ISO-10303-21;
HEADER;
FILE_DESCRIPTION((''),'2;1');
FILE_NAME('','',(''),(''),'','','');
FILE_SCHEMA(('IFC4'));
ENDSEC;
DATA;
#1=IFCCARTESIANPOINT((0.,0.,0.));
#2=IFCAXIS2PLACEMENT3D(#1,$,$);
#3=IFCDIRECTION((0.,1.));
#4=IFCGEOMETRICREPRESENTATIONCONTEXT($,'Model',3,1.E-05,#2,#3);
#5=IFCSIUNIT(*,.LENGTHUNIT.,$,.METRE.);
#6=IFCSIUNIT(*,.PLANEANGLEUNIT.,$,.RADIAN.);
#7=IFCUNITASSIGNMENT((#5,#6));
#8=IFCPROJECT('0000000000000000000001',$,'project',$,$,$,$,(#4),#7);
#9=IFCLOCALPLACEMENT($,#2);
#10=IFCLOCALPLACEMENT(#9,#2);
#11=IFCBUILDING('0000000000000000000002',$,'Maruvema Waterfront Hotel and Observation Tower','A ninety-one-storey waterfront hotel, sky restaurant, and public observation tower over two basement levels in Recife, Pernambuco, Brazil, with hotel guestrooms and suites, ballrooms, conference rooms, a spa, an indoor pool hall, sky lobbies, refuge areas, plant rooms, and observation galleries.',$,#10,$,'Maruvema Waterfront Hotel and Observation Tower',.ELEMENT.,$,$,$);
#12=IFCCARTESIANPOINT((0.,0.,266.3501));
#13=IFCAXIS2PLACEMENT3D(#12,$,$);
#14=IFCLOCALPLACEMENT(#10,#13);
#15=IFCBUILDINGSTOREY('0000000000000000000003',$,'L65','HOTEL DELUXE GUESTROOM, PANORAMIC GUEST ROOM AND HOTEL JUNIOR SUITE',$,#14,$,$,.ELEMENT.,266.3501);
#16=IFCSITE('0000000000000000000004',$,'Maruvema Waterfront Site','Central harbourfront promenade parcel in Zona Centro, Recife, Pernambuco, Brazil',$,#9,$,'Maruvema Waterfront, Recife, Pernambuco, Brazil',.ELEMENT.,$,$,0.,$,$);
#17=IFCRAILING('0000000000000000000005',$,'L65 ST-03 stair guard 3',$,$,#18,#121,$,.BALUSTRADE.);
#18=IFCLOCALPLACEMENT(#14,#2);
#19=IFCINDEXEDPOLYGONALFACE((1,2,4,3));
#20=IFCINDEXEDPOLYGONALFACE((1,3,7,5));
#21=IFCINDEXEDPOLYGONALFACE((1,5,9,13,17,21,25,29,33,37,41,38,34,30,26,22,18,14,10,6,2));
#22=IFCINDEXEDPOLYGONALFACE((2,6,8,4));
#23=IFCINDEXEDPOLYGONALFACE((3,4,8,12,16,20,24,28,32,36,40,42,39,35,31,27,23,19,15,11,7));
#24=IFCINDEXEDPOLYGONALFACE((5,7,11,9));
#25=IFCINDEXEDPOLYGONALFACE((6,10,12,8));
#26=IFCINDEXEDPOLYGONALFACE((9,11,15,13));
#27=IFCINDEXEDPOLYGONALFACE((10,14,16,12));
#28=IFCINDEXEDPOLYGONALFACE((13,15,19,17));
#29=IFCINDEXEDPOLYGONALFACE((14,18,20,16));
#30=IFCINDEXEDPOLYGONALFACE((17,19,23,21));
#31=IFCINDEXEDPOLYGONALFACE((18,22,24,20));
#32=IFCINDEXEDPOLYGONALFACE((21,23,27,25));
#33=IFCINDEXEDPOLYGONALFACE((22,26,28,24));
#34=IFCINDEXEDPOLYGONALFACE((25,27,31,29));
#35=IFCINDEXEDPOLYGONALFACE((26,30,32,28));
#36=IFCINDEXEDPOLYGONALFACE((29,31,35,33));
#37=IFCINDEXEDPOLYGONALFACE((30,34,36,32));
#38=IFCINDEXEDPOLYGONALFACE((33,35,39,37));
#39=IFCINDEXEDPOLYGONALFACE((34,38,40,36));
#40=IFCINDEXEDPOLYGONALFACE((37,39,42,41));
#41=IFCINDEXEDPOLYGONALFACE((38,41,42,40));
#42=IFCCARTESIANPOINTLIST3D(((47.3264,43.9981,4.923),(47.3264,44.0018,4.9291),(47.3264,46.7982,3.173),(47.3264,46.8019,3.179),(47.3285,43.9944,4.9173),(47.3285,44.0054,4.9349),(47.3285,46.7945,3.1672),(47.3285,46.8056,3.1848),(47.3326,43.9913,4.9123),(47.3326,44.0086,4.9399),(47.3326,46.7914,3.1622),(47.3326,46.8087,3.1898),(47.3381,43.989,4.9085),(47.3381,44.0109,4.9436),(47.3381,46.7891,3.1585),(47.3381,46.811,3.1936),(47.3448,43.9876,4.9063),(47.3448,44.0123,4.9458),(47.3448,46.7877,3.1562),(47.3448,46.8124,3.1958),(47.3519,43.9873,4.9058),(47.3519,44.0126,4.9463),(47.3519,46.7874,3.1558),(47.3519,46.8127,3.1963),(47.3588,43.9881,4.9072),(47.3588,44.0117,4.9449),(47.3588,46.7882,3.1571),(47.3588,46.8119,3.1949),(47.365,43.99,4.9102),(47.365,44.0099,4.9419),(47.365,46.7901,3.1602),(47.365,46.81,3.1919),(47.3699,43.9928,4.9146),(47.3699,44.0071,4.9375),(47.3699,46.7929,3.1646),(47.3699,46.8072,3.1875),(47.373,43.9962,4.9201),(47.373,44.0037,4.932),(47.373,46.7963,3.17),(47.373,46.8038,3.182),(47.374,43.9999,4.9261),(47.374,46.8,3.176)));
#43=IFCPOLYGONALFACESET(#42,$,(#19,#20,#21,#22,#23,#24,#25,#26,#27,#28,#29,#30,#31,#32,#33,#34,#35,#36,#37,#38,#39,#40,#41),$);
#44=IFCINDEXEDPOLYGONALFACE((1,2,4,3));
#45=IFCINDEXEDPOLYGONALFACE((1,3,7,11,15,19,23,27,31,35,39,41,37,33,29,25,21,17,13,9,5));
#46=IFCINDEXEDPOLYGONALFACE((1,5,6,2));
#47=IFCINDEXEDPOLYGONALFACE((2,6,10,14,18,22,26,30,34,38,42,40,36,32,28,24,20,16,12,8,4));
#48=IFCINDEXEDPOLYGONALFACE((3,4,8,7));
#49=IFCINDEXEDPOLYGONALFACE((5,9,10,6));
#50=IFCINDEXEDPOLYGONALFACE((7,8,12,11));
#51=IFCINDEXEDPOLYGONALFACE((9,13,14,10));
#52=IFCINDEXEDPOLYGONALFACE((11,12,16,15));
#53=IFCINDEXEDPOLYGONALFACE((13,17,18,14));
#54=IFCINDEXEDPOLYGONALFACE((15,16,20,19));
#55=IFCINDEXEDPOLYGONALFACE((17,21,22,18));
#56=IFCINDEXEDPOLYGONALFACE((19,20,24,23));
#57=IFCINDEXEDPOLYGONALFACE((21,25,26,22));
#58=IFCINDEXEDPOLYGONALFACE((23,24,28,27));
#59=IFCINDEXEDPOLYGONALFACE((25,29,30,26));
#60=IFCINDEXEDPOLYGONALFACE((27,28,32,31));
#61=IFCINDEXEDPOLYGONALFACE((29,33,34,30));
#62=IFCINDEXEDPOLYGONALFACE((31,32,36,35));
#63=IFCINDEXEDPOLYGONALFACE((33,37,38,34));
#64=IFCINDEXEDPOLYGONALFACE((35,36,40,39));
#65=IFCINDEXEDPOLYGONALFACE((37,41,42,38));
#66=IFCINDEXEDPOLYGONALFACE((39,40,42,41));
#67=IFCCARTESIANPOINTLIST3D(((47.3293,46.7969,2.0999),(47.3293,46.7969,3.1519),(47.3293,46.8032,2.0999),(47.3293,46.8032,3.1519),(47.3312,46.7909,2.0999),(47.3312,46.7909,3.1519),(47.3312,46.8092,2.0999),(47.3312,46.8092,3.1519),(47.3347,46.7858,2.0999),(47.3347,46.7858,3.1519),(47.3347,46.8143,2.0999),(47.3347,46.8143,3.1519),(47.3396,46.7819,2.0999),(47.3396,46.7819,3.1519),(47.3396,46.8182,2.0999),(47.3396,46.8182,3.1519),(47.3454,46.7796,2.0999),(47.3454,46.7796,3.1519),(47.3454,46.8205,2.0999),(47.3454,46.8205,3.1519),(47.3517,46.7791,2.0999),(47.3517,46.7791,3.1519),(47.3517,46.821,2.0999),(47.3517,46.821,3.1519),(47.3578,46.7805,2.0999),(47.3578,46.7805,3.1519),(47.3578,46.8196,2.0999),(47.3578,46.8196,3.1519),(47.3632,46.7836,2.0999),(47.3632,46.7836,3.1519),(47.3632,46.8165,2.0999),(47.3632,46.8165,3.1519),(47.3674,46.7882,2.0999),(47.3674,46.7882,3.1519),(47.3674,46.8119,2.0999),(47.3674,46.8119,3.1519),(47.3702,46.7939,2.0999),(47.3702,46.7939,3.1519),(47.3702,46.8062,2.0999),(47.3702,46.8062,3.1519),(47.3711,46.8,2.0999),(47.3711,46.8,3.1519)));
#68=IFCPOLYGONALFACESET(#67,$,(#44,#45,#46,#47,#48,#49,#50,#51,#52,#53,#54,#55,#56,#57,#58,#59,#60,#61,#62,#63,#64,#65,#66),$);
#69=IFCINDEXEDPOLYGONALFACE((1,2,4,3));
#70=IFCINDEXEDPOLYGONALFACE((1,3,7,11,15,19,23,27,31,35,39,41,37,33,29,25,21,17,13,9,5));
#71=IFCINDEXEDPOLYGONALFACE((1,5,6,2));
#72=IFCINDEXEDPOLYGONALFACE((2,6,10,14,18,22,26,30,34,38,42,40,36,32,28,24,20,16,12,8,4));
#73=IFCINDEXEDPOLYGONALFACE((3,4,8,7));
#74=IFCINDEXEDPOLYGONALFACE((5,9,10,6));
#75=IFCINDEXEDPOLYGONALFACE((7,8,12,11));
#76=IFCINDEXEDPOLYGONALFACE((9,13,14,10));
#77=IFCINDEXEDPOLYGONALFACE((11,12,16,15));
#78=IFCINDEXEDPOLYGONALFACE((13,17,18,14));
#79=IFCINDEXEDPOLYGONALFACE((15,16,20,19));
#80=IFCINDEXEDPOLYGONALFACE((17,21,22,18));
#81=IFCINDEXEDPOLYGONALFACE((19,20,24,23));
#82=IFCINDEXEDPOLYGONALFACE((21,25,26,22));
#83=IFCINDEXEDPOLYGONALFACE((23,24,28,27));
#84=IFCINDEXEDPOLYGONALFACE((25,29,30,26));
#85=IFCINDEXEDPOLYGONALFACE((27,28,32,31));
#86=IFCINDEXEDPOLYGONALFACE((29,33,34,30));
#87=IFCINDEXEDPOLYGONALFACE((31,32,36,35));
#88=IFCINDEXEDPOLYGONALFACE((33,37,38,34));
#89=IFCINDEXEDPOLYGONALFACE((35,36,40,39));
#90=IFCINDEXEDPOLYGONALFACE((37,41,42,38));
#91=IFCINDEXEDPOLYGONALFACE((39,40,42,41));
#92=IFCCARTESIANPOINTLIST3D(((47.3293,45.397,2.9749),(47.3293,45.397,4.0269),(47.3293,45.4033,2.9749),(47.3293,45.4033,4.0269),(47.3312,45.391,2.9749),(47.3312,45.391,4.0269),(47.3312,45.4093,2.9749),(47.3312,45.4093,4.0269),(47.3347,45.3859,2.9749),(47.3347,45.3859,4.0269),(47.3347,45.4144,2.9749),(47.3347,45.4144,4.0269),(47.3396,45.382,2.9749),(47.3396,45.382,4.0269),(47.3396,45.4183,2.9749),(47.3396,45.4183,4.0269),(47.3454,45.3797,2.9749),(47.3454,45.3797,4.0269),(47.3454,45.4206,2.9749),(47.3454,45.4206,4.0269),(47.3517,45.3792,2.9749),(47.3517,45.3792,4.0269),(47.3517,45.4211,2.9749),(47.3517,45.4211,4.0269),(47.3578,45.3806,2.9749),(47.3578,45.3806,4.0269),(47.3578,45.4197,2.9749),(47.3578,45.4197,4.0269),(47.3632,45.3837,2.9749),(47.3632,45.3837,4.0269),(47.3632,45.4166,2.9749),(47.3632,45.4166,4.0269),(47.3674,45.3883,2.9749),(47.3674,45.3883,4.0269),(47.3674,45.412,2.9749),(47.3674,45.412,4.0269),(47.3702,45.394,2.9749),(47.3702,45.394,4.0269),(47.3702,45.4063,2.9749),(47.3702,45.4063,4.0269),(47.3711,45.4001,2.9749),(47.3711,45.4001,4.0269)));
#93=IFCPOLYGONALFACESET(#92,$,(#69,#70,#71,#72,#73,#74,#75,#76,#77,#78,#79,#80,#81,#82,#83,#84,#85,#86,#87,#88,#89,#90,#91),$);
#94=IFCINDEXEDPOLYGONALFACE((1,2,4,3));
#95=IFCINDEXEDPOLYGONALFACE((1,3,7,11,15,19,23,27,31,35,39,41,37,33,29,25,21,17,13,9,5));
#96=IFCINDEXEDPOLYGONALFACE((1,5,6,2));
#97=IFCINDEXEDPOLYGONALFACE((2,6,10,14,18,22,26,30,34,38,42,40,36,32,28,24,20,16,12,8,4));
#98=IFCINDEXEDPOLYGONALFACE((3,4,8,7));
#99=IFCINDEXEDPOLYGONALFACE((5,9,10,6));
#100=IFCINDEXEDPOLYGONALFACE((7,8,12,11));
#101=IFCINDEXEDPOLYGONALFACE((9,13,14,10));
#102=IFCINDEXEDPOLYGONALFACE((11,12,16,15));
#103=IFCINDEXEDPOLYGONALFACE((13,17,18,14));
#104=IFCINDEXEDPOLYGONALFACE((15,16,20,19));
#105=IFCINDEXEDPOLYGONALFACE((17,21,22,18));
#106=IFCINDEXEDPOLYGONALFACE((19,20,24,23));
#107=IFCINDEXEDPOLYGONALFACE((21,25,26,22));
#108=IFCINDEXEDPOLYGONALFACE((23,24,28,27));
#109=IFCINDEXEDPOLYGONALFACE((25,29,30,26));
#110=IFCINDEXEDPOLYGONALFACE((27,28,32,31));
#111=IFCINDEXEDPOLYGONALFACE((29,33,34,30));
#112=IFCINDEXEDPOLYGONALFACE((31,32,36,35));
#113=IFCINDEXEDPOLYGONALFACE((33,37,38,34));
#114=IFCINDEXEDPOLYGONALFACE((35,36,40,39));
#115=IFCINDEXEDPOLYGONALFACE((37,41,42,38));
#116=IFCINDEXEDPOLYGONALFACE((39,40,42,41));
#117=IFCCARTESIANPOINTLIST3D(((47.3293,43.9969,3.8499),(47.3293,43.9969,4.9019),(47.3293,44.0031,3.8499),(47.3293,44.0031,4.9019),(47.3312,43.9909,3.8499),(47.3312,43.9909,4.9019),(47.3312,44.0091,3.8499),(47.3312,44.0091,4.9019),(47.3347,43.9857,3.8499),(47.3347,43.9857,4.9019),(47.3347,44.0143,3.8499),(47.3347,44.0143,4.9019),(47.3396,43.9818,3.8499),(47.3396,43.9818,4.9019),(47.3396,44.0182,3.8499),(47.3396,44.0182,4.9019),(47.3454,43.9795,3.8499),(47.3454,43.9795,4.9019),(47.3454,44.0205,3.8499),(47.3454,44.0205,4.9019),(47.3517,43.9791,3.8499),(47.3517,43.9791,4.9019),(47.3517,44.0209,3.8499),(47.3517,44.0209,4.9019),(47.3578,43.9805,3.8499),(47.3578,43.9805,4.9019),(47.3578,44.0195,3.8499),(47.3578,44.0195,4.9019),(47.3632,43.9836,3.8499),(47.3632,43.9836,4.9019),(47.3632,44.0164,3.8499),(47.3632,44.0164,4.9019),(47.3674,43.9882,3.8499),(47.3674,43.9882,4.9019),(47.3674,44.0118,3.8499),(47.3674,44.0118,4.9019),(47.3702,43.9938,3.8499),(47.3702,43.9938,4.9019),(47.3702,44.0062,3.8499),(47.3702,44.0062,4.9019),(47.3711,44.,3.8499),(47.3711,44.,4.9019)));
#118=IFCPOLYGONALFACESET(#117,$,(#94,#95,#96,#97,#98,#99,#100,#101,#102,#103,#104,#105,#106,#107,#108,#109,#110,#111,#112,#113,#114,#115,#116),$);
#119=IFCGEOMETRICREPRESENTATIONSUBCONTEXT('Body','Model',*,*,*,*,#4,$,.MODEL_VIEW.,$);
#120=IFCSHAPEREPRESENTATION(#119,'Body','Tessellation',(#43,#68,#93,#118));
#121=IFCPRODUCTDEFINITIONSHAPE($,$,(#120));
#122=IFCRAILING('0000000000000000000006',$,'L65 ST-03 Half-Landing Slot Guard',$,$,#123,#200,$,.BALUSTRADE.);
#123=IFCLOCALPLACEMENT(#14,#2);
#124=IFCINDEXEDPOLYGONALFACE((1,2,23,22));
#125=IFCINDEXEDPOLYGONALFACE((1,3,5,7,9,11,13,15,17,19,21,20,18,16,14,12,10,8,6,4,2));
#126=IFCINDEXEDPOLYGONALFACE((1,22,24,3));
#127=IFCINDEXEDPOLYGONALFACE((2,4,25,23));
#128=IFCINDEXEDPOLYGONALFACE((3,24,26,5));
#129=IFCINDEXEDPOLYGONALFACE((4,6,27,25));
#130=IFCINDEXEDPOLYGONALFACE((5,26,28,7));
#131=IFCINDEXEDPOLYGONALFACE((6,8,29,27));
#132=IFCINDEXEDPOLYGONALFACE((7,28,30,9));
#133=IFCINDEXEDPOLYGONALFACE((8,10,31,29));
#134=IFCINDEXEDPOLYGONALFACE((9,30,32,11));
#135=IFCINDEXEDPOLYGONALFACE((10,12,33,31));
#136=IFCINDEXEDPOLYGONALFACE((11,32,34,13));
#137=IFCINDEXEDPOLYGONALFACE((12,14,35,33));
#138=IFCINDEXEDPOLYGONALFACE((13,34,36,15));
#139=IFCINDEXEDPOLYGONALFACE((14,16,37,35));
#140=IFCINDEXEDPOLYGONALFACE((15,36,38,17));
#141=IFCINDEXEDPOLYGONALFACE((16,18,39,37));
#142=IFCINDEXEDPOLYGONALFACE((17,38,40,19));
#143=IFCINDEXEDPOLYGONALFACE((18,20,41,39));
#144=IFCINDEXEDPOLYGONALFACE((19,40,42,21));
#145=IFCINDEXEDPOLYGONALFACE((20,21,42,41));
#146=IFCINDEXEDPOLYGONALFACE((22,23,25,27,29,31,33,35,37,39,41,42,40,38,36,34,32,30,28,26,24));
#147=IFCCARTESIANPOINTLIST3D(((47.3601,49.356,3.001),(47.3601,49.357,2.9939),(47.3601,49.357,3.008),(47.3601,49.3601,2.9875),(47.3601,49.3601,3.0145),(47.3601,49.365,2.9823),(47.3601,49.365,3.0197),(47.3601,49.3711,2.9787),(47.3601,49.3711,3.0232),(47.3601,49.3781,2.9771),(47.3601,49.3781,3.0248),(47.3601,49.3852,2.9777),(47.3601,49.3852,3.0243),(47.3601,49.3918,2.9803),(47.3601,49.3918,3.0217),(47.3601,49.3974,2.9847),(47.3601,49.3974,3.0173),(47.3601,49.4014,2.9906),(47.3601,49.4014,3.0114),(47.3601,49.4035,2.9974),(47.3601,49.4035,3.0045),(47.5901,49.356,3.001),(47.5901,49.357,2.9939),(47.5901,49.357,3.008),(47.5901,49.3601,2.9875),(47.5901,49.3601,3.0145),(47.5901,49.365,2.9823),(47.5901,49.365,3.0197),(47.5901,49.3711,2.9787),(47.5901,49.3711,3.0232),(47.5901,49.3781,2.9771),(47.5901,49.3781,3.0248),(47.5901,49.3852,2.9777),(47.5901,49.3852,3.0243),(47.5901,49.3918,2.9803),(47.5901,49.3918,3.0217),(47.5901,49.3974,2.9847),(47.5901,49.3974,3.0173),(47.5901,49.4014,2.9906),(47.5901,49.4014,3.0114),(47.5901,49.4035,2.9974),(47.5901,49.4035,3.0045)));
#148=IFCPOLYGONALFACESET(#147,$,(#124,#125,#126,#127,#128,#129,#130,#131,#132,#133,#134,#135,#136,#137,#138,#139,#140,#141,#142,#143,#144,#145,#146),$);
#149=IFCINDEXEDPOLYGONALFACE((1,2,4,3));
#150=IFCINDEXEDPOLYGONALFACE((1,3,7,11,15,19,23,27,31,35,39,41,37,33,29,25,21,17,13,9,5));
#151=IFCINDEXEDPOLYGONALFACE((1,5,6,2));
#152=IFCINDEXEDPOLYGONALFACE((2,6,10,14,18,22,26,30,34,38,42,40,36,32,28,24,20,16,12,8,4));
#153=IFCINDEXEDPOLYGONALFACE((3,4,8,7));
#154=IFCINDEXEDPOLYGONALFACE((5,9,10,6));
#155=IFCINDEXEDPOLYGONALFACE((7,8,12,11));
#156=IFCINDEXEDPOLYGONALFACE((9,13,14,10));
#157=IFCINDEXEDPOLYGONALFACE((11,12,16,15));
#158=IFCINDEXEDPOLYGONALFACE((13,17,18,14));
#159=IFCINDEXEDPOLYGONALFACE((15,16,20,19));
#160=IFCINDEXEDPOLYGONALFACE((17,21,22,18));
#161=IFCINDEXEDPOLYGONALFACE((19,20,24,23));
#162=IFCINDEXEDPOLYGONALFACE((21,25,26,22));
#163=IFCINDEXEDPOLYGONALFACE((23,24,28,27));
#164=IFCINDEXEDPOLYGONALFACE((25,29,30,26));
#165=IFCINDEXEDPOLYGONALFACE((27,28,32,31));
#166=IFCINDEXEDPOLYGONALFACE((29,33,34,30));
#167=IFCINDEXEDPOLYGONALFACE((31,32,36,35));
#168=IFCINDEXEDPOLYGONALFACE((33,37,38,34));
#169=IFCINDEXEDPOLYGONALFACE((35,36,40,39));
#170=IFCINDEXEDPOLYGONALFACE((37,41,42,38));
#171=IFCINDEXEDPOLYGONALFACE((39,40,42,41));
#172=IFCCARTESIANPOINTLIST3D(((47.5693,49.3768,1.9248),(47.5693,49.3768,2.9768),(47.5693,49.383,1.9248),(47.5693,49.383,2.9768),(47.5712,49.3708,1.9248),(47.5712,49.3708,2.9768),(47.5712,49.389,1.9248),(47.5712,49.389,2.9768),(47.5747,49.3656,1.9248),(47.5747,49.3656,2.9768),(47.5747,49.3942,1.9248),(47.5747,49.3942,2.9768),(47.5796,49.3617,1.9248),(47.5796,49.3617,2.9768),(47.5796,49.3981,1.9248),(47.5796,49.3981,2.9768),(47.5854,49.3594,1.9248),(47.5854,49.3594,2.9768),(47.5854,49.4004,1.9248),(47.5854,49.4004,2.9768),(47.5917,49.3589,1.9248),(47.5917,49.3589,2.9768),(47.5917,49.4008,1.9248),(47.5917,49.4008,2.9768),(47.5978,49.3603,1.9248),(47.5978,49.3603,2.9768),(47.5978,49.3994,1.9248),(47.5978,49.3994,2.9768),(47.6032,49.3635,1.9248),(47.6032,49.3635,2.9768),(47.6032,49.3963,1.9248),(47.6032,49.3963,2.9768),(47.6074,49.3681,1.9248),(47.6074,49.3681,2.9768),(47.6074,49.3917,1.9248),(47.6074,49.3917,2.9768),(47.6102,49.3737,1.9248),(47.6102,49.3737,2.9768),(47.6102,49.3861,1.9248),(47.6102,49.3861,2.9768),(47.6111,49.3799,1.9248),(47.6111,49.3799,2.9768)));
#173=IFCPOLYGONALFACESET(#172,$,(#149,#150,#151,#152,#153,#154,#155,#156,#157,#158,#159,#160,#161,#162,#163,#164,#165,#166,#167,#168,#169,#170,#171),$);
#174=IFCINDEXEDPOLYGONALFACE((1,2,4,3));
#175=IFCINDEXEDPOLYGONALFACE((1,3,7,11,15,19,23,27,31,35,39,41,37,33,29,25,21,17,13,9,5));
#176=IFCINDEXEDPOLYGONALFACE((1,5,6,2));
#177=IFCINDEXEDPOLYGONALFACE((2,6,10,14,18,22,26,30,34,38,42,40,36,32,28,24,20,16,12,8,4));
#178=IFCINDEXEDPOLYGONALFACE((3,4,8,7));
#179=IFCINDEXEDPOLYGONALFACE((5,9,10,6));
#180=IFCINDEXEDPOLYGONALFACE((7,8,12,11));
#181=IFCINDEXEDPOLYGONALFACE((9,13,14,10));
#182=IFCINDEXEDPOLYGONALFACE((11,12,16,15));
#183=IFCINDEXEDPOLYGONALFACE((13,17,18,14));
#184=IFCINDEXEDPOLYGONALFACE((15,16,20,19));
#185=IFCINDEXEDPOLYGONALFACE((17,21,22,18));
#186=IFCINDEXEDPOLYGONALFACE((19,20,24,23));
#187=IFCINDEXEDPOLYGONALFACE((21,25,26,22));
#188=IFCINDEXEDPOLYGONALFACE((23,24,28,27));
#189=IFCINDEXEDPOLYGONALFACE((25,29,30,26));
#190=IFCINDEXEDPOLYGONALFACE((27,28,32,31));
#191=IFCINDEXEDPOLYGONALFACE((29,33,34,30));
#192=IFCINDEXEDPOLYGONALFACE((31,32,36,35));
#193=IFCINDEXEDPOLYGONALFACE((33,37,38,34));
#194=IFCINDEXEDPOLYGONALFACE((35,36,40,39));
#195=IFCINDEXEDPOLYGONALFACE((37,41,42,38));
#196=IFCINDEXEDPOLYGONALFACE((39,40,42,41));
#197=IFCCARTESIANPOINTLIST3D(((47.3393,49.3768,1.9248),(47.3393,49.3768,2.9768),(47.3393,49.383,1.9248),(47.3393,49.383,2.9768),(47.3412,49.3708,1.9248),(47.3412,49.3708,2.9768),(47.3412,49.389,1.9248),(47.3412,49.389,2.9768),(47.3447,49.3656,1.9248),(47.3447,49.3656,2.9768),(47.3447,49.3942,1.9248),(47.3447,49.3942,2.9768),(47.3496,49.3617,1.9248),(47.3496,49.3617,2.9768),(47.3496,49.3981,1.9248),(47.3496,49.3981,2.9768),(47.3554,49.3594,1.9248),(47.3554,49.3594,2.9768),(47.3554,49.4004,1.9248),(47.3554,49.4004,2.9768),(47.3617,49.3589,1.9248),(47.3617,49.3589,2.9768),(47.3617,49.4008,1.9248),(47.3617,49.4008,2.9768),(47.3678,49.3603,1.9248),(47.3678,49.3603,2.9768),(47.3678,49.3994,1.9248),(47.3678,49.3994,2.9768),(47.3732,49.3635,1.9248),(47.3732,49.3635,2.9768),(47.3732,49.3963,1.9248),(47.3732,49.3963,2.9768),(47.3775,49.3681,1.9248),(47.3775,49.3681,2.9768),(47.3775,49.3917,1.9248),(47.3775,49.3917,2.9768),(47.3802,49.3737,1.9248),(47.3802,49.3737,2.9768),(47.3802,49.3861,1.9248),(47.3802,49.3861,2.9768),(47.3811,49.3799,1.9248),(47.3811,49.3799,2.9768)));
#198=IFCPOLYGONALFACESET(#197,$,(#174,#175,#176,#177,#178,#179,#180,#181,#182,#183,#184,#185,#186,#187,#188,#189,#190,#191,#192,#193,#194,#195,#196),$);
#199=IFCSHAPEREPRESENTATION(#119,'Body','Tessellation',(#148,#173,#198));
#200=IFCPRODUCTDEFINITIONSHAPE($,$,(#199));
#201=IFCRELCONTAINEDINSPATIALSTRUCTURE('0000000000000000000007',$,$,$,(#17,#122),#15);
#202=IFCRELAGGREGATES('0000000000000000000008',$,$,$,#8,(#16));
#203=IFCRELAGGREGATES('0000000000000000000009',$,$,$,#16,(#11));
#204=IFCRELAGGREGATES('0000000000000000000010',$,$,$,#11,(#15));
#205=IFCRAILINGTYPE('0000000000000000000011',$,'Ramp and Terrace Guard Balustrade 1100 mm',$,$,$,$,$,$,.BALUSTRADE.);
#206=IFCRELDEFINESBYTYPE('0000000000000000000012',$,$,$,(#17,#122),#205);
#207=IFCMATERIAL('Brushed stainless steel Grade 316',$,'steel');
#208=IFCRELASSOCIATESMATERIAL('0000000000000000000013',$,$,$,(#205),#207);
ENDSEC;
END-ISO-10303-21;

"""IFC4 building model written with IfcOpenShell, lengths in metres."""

from ifc_helpers import new_model, si_unit, direction, frame, origin, origin_2d, place, context, subcontext, project, spatial, circle, extrude, material, type_object, element, save


model = new_model("IFC4")

# Units and contexts
model_context = context("Model", 3, precision=1e-05, world=origin(), true_north=direction((0.0, 1.0)))
body_context = subcontext(model_context, "Body", "Model", "MODEL_VIEW")
ifc_project = project(units=[si_unit("LENGTHUNIT", "METRE"), si_unit("PLANEANGLEUNIT", "RADIAN")], contexts=[model_context])

# Site, building, storey
site_placement = place(None, origin())
site = spatial("IfcSite", under=ifc_project, at=site_placement, Name="Maruvema Waterfront Site", Description="Central harbourfront promenade parcel in Zona Centro, Recife, Pernambuco, Brazil", LongName="Maruvema Waterfront, Recife, Pernambuco, Brazil", CompositionType="ELEMENT", RefElevation=0.0)
building_placement = place(site_placement, origin())
building = spatial("IfcBuilding", under=site, at=building_placement, Name="Maruvema Waterfront Hotel and Observation Tower", Description="A ninety-one-storey waterfront hotel, sky restaurant, and public observation tower over two basement levels in Recife, Pernambuco, Brazil, with hotel guestrooms and suites, ballrooms, conference rooms, a spa, an indoor pool hall, sky lobbies, refuge areas, plant rooms, and observation galleries.", LongName="Maruvema Waterfront Hotel and Observation Tower", CompositionType="ELEMENT")
storey_placement = place(building_placement, frame((0.0, 0.0, 266.3501)))
storey = spatial("IfcBuildingStorey", under=building, at=storey_placement, Name="L65", Description="HOTEL DELUXE GUESTROOM, PANORAMIC GUEST ROOM AND HOTEL JUNIOR SUITE", CompositionType="ELEMENT", Elevation=266.3501)

# Railings
ifc_material_1 = material(Name="Brushed stainless steel Grade 316", Category="steel")
railing_type_1 = type_object("IfcRailingType", Name="Ramp and Terrace Guard Balustrade 1100 mm", PredefinedType="BALUSTRADE", material=ifc_material_1)
railing_1_placement = place(storey_placement, frame((47.3501, 46.8, 2.0999)))
element("IfcRailing", 1, at=railing_1_placement, inside=storey, type_object=railing_type_1, Name="L65 ST-03 stair guard 3", PredefinedType="BALUSTRADE", context=body_context, shape_type="SweptSolid", body=[
    extrude(circle(Radius=0.0239, at=origin_2d()), frame((0.0, 0.0, 1.0762), z_axis=(0.0, -0.848002, 0.529992), x_axis=(1.0, 0.0, 0.0)), (0.0, 0.0, 1.0), 3.302),
    extrude(circle(Radius=0.021, at=origin_2d()), origin(), (0.0, 0.0, 1.0), 1.052),
    extrude(circle(Radius=0.021, at=origin_2d()), frame((0.0, -1.3999, 0.875)), (0.0, 0.0, 1.0), 1.052),
    extrude(circle(Radius=0.021, at=origin_2d()), frame((0.0, -2.8, 1.75)), (0.0, 0.0, 1.0), 1.052),
])
railing_2_placement = place(storey_placement, frame((47.5901, 49.3799, 1.9248)))
element("IfcRailing", 2, at=railing_2_placement, inside=storey, type_object=railing_type_1, Name="L65 ST-03 Half-Landing Slot Guard", PredefinedType="BALUSTRADE", context=body_context, shape_type="SweptSolid", body=[
    extrude(circle(Radius=0.0239, at=origin_2d()), frame((0.0, 0.0, 1.0762), z_axis=(-1.0, 0.0, 0.0), x_axis=(0.0, -1.0, 0.0)), (0.0, 0.0, 1.0), 0.23),
    extrude(circle(Radius=0.021, at=origin_2d()), origin(), (0.0, 0.0, 1.0), 1.052),
    extrude(circle(Radius=0.021, at=origin_2d()), frame((-0.23, 0.0, 0.0)), (0.0, 0.0, 1.0), 1.052),
])

save(model, "model.ifc")
